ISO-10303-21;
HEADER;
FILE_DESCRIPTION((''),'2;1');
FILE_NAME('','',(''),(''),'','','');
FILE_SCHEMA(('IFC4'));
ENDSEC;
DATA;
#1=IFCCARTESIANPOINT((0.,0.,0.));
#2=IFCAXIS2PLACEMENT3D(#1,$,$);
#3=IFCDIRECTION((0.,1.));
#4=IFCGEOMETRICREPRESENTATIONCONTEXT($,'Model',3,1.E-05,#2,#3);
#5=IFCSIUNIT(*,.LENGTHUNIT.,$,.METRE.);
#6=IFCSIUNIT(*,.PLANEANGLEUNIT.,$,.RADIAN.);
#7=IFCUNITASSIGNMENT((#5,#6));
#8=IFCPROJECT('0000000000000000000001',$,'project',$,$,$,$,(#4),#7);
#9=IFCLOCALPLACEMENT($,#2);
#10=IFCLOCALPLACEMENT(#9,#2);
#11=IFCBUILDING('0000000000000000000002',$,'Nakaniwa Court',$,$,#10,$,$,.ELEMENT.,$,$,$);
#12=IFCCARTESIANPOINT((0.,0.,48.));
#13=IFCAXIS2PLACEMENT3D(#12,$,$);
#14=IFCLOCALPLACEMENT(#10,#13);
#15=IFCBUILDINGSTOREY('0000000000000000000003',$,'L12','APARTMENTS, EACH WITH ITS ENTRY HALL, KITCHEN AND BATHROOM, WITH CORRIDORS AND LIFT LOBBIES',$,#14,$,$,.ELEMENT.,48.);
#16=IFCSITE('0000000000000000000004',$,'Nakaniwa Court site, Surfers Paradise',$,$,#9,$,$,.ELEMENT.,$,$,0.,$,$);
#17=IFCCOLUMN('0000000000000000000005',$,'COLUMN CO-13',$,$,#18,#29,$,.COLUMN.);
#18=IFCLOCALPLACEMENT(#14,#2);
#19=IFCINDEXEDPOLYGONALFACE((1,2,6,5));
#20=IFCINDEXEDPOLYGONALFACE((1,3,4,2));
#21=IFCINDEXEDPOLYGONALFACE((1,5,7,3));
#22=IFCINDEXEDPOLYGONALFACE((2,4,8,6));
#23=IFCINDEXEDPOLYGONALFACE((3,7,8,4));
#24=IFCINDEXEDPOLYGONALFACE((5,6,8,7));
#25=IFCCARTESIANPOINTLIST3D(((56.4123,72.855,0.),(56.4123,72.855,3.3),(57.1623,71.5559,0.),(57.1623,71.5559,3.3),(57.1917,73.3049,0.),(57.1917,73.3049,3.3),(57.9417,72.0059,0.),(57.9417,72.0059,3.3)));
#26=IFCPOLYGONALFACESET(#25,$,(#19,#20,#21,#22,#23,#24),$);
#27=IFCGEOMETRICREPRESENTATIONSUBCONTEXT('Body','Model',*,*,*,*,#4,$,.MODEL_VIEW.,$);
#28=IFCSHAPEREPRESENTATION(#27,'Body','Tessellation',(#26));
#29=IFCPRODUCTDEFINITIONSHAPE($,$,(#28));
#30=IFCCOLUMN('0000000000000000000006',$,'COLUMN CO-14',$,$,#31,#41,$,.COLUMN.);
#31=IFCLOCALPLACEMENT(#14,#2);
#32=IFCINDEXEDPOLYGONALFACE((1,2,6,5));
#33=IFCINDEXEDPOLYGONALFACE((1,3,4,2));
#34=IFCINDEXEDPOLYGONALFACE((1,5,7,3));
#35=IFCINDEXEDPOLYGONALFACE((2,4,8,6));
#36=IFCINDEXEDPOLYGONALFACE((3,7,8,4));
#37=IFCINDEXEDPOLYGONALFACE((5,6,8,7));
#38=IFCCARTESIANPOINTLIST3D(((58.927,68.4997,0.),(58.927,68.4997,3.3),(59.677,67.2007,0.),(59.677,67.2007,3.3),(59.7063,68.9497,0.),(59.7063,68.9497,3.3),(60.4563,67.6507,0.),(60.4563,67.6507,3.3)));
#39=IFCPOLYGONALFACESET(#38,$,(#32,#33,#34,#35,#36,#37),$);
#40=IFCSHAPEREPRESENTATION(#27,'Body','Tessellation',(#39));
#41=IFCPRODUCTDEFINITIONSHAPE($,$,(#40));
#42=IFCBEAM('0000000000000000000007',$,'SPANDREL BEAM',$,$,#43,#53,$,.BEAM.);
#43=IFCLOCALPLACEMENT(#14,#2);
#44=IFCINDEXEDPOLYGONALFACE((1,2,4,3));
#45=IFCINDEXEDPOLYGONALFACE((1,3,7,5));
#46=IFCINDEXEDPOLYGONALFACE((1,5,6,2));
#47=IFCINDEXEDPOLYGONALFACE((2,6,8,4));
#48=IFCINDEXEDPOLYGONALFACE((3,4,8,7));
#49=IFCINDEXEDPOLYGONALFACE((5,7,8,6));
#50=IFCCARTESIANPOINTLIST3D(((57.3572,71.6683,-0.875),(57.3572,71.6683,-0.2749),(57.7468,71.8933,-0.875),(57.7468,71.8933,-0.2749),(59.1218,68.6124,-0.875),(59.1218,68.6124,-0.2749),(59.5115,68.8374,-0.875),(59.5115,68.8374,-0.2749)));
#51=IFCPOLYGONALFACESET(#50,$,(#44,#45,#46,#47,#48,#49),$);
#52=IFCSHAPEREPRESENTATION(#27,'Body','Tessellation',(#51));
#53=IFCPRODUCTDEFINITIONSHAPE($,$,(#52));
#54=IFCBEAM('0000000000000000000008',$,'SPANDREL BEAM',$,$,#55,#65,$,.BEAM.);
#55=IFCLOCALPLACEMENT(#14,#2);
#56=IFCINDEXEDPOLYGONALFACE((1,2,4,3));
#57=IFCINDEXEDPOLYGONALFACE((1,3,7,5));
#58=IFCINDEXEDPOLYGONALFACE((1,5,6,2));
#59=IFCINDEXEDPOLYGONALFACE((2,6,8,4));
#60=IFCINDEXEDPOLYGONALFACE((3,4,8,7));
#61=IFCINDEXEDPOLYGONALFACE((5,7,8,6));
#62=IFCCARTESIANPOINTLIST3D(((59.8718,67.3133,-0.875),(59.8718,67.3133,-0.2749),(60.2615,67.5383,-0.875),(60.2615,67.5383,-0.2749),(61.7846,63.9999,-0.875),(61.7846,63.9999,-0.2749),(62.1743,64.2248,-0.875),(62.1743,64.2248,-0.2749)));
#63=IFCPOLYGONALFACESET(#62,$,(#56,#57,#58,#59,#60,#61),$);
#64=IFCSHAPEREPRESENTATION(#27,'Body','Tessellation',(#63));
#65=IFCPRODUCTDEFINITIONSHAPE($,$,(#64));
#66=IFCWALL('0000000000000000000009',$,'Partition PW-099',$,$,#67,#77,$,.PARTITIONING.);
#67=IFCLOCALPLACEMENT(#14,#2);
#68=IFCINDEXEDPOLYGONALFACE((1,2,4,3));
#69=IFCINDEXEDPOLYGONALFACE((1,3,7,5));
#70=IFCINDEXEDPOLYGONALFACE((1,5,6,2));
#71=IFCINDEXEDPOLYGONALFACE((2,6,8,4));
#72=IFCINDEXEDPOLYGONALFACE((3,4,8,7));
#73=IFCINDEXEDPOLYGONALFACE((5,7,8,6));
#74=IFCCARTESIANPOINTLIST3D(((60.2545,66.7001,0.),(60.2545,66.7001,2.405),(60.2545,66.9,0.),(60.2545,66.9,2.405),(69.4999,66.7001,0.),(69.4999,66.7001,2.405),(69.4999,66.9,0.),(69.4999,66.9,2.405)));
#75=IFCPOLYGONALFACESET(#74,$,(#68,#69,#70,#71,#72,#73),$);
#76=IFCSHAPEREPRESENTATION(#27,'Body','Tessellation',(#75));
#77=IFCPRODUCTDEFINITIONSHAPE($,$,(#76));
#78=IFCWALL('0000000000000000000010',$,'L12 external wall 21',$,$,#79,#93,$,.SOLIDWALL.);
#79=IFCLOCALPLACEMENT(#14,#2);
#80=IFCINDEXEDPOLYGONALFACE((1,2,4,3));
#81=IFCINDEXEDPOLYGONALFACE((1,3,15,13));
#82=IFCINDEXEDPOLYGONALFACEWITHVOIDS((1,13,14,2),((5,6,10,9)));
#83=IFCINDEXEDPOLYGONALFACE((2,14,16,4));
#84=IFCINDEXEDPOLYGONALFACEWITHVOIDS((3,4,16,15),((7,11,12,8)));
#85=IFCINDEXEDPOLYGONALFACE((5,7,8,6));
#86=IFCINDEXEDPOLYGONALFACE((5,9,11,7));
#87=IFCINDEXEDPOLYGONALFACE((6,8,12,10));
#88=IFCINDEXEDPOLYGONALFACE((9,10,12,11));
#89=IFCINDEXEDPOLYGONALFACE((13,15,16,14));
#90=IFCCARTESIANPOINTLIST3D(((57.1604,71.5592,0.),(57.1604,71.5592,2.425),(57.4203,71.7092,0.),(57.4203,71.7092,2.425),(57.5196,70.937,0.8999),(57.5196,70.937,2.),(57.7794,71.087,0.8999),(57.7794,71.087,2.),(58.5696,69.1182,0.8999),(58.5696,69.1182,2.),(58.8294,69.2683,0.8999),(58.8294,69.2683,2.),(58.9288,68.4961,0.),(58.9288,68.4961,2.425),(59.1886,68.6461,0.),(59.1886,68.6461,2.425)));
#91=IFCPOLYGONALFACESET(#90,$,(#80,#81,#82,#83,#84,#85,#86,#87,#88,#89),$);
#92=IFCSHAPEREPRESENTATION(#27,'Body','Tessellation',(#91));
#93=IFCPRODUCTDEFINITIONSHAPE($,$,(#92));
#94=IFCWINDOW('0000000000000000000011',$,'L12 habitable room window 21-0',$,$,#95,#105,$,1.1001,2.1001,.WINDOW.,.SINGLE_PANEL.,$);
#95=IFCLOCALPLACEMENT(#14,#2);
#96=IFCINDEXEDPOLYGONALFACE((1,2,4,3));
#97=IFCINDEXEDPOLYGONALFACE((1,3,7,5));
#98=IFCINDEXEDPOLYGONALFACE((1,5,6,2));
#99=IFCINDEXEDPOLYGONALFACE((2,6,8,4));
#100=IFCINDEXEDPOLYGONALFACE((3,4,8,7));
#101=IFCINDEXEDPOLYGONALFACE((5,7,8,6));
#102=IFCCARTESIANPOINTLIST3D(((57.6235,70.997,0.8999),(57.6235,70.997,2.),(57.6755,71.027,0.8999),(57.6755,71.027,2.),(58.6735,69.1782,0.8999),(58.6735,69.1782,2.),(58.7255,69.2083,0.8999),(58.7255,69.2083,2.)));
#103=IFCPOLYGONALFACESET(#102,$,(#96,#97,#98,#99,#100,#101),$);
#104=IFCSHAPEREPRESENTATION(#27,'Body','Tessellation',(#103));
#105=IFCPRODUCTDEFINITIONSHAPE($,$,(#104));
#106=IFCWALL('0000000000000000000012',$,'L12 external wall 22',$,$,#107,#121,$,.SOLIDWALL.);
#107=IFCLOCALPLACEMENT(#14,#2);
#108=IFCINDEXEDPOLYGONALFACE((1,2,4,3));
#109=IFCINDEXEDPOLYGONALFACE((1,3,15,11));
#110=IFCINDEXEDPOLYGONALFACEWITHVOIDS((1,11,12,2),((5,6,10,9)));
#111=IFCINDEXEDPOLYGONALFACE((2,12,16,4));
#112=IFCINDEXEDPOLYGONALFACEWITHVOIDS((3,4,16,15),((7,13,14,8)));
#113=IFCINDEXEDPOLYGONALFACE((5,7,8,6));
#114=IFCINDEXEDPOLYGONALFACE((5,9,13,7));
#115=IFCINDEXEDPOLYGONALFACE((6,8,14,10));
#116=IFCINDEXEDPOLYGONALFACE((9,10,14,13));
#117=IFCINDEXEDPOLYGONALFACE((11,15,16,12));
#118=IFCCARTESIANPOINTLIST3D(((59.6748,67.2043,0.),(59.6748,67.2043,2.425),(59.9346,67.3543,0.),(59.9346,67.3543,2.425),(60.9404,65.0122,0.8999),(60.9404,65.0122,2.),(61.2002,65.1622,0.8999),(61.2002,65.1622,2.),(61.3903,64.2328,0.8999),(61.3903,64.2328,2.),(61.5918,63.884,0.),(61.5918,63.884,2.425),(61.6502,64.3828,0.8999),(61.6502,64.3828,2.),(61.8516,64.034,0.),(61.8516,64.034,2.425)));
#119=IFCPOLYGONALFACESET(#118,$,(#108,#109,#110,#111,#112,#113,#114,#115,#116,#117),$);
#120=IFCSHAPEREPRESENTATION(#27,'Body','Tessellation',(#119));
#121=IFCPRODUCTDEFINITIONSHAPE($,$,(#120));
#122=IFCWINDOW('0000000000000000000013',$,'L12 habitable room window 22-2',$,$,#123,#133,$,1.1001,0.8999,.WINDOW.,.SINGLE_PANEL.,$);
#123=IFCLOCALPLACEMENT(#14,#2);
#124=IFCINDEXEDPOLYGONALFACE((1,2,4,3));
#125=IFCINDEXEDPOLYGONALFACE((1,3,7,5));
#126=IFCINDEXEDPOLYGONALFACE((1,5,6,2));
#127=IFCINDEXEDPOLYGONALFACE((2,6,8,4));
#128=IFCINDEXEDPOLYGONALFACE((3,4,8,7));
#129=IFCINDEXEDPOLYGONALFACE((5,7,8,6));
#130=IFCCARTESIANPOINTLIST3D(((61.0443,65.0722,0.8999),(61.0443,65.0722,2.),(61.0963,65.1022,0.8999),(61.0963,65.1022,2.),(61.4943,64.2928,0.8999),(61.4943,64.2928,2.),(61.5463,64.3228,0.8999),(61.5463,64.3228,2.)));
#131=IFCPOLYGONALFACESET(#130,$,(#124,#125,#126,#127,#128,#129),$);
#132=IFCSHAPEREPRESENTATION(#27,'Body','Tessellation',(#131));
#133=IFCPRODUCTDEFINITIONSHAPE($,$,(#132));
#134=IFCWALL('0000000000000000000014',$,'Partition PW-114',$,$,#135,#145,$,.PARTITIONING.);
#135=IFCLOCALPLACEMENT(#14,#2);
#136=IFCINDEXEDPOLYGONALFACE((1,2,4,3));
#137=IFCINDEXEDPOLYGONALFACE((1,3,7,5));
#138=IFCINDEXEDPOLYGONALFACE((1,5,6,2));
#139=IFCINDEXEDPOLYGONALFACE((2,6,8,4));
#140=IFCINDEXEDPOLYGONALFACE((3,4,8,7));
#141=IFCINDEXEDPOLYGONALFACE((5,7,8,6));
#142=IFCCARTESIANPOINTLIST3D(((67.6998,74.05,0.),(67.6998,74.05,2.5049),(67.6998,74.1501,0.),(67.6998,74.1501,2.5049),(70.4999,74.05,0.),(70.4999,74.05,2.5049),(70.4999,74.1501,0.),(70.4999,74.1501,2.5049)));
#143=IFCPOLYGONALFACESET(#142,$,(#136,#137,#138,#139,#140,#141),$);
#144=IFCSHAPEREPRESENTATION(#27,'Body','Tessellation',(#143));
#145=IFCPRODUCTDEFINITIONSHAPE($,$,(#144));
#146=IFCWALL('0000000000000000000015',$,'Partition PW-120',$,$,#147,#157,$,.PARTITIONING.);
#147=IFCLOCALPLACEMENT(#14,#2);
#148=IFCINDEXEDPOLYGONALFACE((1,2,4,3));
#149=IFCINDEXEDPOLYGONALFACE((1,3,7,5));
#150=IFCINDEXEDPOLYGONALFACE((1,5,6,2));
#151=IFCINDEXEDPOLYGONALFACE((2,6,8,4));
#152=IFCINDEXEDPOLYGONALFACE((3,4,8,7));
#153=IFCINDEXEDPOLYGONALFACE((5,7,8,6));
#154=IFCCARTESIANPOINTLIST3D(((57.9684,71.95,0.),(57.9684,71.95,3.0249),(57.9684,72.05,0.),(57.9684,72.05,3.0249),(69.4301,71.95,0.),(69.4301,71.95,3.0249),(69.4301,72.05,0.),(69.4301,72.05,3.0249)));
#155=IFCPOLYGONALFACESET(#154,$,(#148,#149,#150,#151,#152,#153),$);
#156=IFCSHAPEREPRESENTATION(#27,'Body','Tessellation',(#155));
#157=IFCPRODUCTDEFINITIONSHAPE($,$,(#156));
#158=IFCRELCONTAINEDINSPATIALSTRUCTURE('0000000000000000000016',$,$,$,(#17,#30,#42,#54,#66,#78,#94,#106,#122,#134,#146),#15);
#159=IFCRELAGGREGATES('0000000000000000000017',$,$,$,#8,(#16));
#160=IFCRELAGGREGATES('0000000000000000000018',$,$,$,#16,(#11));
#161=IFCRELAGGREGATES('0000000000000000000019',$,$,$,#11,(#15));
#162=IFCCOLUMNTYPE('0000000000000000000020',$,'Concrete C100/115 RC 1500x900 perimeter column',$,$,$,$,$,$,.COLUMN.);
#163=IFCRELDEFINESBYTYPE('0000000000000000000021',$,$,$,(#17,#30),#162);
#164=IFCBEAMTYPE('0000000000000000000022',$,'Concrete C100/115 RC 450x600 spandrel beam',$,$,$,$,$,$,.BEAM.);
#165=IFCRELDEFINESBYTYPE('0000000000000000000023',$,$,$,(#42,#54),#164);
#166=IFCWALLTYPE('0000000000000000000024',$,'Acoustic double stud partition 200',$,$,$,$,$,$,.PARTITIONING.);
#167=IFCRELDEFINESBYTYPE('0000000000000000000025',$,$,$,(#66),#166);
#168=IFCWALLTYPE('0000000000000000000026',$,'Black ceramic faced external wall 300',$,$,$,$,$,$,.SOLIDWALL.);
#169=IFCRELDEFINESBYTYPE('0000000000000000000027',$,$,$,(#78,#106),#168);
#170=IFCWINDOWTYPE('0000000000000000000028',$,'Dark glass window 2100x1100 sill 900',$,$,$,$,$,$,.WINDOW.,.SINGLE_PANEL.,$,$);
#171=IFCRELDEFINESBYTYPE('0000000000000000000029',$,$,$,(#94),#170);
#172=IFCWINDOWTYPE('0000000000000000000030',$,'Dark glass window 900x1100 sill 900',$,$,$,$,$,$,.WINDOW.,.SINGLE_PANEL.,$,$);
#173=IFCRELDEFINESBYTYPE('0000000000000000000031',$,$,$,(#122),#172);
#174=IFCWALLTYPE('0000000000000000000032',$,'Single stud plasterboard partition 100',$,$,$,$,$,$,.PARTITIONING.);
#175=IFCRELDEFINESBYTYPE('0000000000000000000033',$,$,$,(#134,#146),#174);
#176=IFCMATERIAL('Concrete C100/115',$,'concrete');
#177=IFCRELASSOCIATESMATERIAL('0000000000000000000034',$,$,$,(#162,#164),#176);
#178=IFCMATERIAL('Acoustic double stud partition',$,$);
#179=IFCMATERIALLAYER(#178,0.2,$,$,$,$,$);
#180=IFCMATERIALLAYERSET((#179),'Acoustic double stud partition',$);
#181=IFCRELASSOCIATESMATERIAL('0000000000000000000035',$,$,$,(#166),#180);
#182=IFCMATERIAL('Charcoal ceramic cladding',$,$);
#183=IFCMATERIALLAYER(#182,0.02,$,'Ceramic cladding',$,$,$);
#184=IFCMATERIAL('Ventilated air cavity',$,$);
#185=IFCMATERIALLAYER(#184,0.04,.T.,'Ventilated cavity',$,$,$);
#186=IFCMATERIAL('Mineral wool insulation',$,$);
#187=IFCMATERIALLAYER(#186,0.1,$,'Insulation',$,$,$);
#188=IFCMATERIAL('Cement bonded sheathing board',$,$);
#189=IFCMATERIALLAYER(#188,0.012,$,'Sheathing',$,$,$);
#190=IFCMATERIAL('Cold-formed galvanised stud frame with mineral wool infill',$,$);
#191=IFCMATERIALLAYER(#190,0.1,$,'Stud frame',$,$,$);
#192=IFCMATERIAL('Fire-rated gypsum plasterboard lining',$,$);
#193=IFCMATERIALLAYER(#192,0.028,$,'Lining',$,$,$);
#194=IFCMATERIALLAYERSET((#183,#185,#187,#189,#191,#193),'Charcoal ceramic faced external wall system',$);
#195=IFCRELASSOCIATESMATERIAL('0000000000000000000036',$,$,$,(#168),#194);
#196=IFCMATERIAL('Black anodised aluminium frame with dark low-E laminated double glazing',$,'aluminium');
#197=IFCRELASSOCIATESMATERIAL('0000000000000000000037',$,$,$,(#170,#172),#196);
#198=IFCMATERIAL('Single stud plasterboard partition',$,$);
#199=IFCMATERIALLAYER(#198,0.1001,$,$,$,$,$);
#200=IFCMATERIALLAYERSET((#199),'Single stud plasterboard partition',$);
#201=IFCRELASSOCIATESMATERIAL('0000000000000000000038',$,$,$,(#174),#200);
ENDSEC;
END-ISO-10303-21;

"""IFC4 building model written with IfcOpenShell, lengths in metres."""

from ifc_helpers import new_model, si_unit, direction, frame, frame_2d, origin, origin_2d, place, context, subcontext, project, spatial, rectangle, extrude, material, layer, layer_set, material_profile, profile_set, type_object, element, fill, save


model = new_model("IFC4")

# Units and contexts
model_context = context("Model", 3, precision=1e-05, world=origin(), true_north=direction((0.0, 1.0)))
body_context = subcontext(model_context, "Body", "Model", "MODEL_VIEW")
ifc_project = project(units=[si_unit("LENGTHUNIT", "METRE"), si_unit("PLANEANGLEUNIT", "RADIAN")], contexts=[model_context])

# Site, building, storey
site_placement = place(None, origin())
site = spatial("IfcSite", under=ifc_project, at=site_placement, Name="Nakaniwa Court site, Surfers Paradise", CompositionType="ELEMENT", RefElevation=0.0)
building_placement = place(site_placement, origin())
building = spatial("IfcBuilding", under=site, at=building_placement, Name="Nakaniwa Court", CompositionType="ELEMENT")
storey_placement = place(building_placement, frame((0.0, 0.0, 48.0)))
storey = spatial("IfcBuildingStorey", under=building, at=storey_placement, Name="L12", Description="APARTMENTS, EACH WITH ITS ENTRY HALL, KITCHEN AND BATHROOM, WITH CORRIDORS AND LIFT LOBBIES", CompositionType="ELEMENT", Elevation=48.0)

# Columns
ifc_material_1 = material(Name="Concrete C100/115", Category="concrete")
ifc_material_profile_1 = material_profile(ifc_material_1, rectangle(XDim=1.5, YDim=0.8999, at=origin_2d()), Name="Concrete C100/115 RC 1500x900 perimeter column")
ifc_profile_set_1 = profile_set([ifc_material_profile_1], Name="Concrete C100/115")
column_type = type_object("IfcColumnType", Name="Concrete C100/115 RC 1500x900 perimeter column", PredefinedType="COLUMN", material=ifc_profile_set_1)
for number, where, z_axis, x_axis, name in (
    (1, (57.177, 72.4304, 0.0), (0.0, 0.0, 1.0), (0.5, -0.866025, 0.0), "COLUMN CO-13"),
    (2, (59.6917, 68.0752, 0.0), (0.0, 0.0, 1.0), (0.5, -0.866025, 0.0), "COLUMN CO-14"),
):
    element("IfcColumn", number, at=place(storey_placement, frame(where, z_axis=z_axis, x_axis=x_axis)), inside=storey, type_object=column_type, Name=name, PredefinedType="COLUMN", context=body_context, shape_type="SweptSolid", body=[
        extrude(rectangle(XDim=1.5, YDim=0.8999, at=origin_2d()), origin(), (0.0, 0.0, 1.0), 3.3),
    ])

# Beams
ifc_material_profile_2 = material_profile(ifc_material_1, rectangle(XDim=0.45, YDim=0.6001, at=origin_2d()), Name="Concrete C100/115 RC 450x600 spandrel beam")
ifc_profile_set_2 = profile_set([ifc_material_profile_2], Name="Concrete C100/115")
beam_type = type_object("IfcBeamType", Name="Concrete C100/115 RC 450x600 spandrel beam", PredefinedType="BEAM", material=ifc_profile_set_2)
beam_1_placement = place(storey_placement, frame((57.552, 71.7808, -0.575), z_axis=(0.500068, -0.865986, 0.0), x_axis=(0.865986, 0.500068, 0.0)))
element("IfcBeam", 3, at=beam_1_placement, inside=storey, type_object=beam_type, Name="SPANDREL BEAM", PredefinedType="BEAM", context=body_context, shape_type="SweptSolid", body=[
    extrude(rectangle(XDim=0.45, YDim=0.6001, at=origin_2d()), origin(), (0.0, 0.0, 1.0), 3.5288),
])
beam_2_placement = place(storey_placement, frame((60.0667, 67.4258, -0.575), z_axis=(0.499962, -0.866047, 0.0), x_axis=(0.866047, 0.499962, 0.0)))
element("IfcBeam", 4, at=beam_2_placement, inside=storey, type_object=beam_type, Name="SPANDREL BEAM", PredefinedType="BEAM", context=body_context, shape_type="SweptSolid", body=[
    extrude(rectangle(XDim=0.45, YDim=0.6001, at=origin_2d()), origin(), (0.0, 0.0, 1.0), 3.8259),
])

# Wall
ifc_material_2 = material(Name="Acoustic double stud partition")
ifc_layer_1 = layer(ifc_material_2, 0.2)
ifc_layer_set_1 = layer_set([ifc_layer_1], Name="Acoustic double stud partition")
wall_type_1 = type_object("IfcWallType", Name="Acoustic double stud partition 200", PredefinedType="PARTITIONING", material=ifc_layer_set_1)
wall_1_placement = place(storey_placement, frame((60.2546, 66.8, 0.0), z_axis=(0.0, 0.0, 1.0), x_axis=(1.0, 0.0, 0.0)))
element("IfcWall", 5, at=wall_1_placement, inside=storey, type_object=wall_type_1, Name="Partition PW-099", PredefinedType="PARTITIONING", context=body_context, shape_type="SweptSolid", body=[
    extrude(rectangle(XDim=9.2454, YDim=0.2, at=frame_2d((4.6226, 0.0))), origin(), (0.0, 0.0, 1.0), 2.405),
])

# Walls, openings, windows
ifc_material_3 = material(Name="Charcoal ceramic cladding")
ifc_layer_2 = layer(ifc_material_3, 0.02, Name="Ceramic cladding")
ifc_material_4 = material(Name="Ventilated air cavity")
ifc_layer_3 = layer(ifc_material_4, 0.04, ventilated=True, Name="Ventilated cavity")
ifc_material_5 = material(Name="Mineral wool insulation")
ifc_layer_4 = layer(ifc_material_5, 0.1, Name="Insulation")
ifc_material_6 = material(Name="Cement bonded sheathing board")
ifc_layer_5 = layer(ifc_material_6, 0.012, Name="Sheathing")
ifc_material_7 = material(Name="Cold-formed galvanised stud frame with mineral wool infill")
ifc_layer_6 = layer(ifc_material_7, 0.1, Name="Stud frame")
ifc_material_8 = material(Name="Fire-rated gypsum plasterboard lining")
ifc_layer_7 = layer(ifc_material_8, 0.028, Name="Lining")
ifc_layer_set_2 = layer_set([ifc_layer_2, ifc_layer_3, ifc_layer_4, ifc_layer_5, ifc_layer_6, ifc_layer_7], Name="Charcoal ceramic faced external wall system")
wall_type_2 = type_object("IfcWallType", Name="Black ceramic faced external wall 300", PredefinedType="SOLIDWALL", material=ifc_layer_set_2)
wall_2_placement = place(storey_placement, frame((57.2903, 71.6343, 0.0), z_axis=(0.0, 0.0, 1.0), x_axis=(0.499977, -0.866038, 0.0)))
wall_2 = element("IfcWall", 6, at=wall_2_placement, inside=storey, type_object=wall_type_2, Name="L12 external wall 21", PredefinedType="SOLIDWALL", context=body_context, shape_type="SweptSolid", body=[
    extrude(rectangle(XDim=3.5369, YDim=0.3, at=frame_2d((1.7686, 0.0))), origin(), (0.0, 0.0, 1.0), 2.425),
])
opening_1_placement = place(wall_2_placement, frame((0.7185, 0.0, 0.8999)))
opening_1 = element("IfcOpeningElement", 7, at=opening_1_placement, cuts=wall_2, PredefinedType="OPENING", context=body_context, shape_type="SweptSolid", body=[
    extrude(rectangle(XDim=2.1001, YDim=1.1001, at=frame_2d((1.05, 0.55))), frame((0.0, 0.1599, 0.0), z_axis=(0.0, -1.0, 0.0), x_axis=(1.0, 0.0, 0.0)), (0.0, 0.0, 1.0), 0.3201),
])
ifc_material_9 = material(Name="Black anodised aluminium frame with dark low-E laminated double glazing", Category="aluminium")
window_type_1 = type_object("IfcWindowType", Name="Dark glass window 2100x1100 sill 900", PartitioningType="SINGLE_PANEL", PredefinedType="WINDOW", material=ifc_material_9)
window_1_placement = place(opening_1_placement, origin())
window_1 = element("IfcWindow", 8, at=window_1_placement, inside=storey, type_object=window_type_1, Name="L12 habitable room window 21-0", OverallHeight=1.1001, OverallWidth=2.1001, PartitioningType="SINGLE_PANEL", PredefinedType="WINDOW", context=body_context, shape_type="SweptSolid", body=[
    extrude(rectangle(XDim=2.1001, YDim=1.1001, at=frame_2d((1.05, 0.55))), frame((0.0, 0.03, 0.0), z_axis=(0.0, -1.0, 0.0), x_axis=(1.0, 0.0, 0.0)), (0.0, 0.0, 1.0), 0.0601),
])
fill(opening_1, window_1)
wall_3_placement = place(storey_placement, frame((59.8047, 67.2793, 0.0), z_axis=(0.0, 0.0, 1.0), x_axis=(0.500002, -0.866024, 0.0)))
wall_3 = element("IfcWall", 9, at=wall_3_placement, inside=storey, type_object=wall_type_2, Name="L12 external wall 22", PredefinedType="SOLIDWALL", context=body_context, shape_type="SweptSolid", body=[
    extrude(rectangle(XDim=3.834, YDim=0.3, at=frame_2d((1.917, 0.0))), origin(), (0.0, 0.0, 1.0), 2.425),
])
opening_2_placement = place(wall_3_placement, frame((2.5312, 0.0, 0.8999)))
opening_2 = element("IfcOpeningElement", 10, at=opening_2_placement, cuts=wall_3, PredefinedType="OPENING", context=body_context, shape_type="SweptSolid", body=[
    extrude(rectangle(XDim=0.8999, YDim=1.1001, at=frame_2d((0.45, 0.55))), frame((0.0, 0.1599, 0.0), z_axis=(0.0, -1.0, 0.0), x_axis=(1.0, 0.0, 0.0)), (0.0, 0.0, 1.0), 0.3201),
])
window_type_2 = type_object("IfcWindowType", Name="Dark glass window 900x1100 sill 900", PartitioningType="SINGLE_PANEL", PredefinedType="WINDOW", material=ifc_material_9)
window_2_placement = place(opening_2_placement, origin())
window_2 = element("IfcWindow", 11, at=window_2_placement, inside=storey, type_object=window_type_2, Name="L12 habitable room window 22-2", OverallHeight=1.1001, OverallWidth=0.8999, PartitioningType="SINGLE_PANEL", PredefinedType="WINDOW", context=body_context, shape_type="SweptSolid", body=[
    extrude(rectangle(XDim=0.8999, YDim=1.1001, at=frame_2d((0.45, 0.55))), frame((0.0, 0.03, 0.0), z_axis=(0.0, -1.0, 0.0), x_axis=(1.0, 0.0, 0.0)), (0.0, 0.0, 1.0), 0.0601),
])
fill(opening_2, window_2)

# Walls
ifc_material_10 = material(Name="Single stud plasterboard partition")
ifc_layer_8 = layer(ifc_material_10, 0.1001)
ifc_layer_set_3 = layer_set([ifc_layer_8], Name="Single stud plasterboard partition")
wall_type_3 = type_object("IfcWallType", Name="Single stud plasterboard partition 100", PredefinedType="PARTITIONING", material=ifc_layer_set_3)
wall_4_placement = place(storey_placement, frame((67.7, 74.1001, 0.0), z_axis=(0.0, 0.0, 1.0), x_axis=(1.0, 0.0, 0.0)))
element("IfcWall", 12, at=wall_4_placement, inside=storey, type_object=wall_type_3, Name="Partition PW-114", PredefinedType="PARTITIONING", context=body_context, shape_type="SweptSolid", body=[
    extrude(rectangle(XDim=2.8, YDim=0.1001, at=frame_2d((1.3999, 0.0))), origin(), (0.0, 0.0, 1.0), 2.5049),
])
wall_5_placement = place(storey_placement, frame((57.9683, 72.0, 0.0), z_axis=(0.0, 0.0, 1.0), x_axis=(1.0, 0.0, 0.0)))
element("IfcWall", 13, at=wall_5_placement, inside=storey, type_object=wall_type_3, Name="Partition PW-120", PredefinedType="PARTITIONING", context=body_context, shape_type="SweptSolid", body=[
    extrude(rectangle(XDim=11.4617, YDim=0.1001, at=frame_2d((5.731, 0.0))), origin(), (0.0, 0.0, 1.0), 3.0249),
])

save(model, "model.ifc")
